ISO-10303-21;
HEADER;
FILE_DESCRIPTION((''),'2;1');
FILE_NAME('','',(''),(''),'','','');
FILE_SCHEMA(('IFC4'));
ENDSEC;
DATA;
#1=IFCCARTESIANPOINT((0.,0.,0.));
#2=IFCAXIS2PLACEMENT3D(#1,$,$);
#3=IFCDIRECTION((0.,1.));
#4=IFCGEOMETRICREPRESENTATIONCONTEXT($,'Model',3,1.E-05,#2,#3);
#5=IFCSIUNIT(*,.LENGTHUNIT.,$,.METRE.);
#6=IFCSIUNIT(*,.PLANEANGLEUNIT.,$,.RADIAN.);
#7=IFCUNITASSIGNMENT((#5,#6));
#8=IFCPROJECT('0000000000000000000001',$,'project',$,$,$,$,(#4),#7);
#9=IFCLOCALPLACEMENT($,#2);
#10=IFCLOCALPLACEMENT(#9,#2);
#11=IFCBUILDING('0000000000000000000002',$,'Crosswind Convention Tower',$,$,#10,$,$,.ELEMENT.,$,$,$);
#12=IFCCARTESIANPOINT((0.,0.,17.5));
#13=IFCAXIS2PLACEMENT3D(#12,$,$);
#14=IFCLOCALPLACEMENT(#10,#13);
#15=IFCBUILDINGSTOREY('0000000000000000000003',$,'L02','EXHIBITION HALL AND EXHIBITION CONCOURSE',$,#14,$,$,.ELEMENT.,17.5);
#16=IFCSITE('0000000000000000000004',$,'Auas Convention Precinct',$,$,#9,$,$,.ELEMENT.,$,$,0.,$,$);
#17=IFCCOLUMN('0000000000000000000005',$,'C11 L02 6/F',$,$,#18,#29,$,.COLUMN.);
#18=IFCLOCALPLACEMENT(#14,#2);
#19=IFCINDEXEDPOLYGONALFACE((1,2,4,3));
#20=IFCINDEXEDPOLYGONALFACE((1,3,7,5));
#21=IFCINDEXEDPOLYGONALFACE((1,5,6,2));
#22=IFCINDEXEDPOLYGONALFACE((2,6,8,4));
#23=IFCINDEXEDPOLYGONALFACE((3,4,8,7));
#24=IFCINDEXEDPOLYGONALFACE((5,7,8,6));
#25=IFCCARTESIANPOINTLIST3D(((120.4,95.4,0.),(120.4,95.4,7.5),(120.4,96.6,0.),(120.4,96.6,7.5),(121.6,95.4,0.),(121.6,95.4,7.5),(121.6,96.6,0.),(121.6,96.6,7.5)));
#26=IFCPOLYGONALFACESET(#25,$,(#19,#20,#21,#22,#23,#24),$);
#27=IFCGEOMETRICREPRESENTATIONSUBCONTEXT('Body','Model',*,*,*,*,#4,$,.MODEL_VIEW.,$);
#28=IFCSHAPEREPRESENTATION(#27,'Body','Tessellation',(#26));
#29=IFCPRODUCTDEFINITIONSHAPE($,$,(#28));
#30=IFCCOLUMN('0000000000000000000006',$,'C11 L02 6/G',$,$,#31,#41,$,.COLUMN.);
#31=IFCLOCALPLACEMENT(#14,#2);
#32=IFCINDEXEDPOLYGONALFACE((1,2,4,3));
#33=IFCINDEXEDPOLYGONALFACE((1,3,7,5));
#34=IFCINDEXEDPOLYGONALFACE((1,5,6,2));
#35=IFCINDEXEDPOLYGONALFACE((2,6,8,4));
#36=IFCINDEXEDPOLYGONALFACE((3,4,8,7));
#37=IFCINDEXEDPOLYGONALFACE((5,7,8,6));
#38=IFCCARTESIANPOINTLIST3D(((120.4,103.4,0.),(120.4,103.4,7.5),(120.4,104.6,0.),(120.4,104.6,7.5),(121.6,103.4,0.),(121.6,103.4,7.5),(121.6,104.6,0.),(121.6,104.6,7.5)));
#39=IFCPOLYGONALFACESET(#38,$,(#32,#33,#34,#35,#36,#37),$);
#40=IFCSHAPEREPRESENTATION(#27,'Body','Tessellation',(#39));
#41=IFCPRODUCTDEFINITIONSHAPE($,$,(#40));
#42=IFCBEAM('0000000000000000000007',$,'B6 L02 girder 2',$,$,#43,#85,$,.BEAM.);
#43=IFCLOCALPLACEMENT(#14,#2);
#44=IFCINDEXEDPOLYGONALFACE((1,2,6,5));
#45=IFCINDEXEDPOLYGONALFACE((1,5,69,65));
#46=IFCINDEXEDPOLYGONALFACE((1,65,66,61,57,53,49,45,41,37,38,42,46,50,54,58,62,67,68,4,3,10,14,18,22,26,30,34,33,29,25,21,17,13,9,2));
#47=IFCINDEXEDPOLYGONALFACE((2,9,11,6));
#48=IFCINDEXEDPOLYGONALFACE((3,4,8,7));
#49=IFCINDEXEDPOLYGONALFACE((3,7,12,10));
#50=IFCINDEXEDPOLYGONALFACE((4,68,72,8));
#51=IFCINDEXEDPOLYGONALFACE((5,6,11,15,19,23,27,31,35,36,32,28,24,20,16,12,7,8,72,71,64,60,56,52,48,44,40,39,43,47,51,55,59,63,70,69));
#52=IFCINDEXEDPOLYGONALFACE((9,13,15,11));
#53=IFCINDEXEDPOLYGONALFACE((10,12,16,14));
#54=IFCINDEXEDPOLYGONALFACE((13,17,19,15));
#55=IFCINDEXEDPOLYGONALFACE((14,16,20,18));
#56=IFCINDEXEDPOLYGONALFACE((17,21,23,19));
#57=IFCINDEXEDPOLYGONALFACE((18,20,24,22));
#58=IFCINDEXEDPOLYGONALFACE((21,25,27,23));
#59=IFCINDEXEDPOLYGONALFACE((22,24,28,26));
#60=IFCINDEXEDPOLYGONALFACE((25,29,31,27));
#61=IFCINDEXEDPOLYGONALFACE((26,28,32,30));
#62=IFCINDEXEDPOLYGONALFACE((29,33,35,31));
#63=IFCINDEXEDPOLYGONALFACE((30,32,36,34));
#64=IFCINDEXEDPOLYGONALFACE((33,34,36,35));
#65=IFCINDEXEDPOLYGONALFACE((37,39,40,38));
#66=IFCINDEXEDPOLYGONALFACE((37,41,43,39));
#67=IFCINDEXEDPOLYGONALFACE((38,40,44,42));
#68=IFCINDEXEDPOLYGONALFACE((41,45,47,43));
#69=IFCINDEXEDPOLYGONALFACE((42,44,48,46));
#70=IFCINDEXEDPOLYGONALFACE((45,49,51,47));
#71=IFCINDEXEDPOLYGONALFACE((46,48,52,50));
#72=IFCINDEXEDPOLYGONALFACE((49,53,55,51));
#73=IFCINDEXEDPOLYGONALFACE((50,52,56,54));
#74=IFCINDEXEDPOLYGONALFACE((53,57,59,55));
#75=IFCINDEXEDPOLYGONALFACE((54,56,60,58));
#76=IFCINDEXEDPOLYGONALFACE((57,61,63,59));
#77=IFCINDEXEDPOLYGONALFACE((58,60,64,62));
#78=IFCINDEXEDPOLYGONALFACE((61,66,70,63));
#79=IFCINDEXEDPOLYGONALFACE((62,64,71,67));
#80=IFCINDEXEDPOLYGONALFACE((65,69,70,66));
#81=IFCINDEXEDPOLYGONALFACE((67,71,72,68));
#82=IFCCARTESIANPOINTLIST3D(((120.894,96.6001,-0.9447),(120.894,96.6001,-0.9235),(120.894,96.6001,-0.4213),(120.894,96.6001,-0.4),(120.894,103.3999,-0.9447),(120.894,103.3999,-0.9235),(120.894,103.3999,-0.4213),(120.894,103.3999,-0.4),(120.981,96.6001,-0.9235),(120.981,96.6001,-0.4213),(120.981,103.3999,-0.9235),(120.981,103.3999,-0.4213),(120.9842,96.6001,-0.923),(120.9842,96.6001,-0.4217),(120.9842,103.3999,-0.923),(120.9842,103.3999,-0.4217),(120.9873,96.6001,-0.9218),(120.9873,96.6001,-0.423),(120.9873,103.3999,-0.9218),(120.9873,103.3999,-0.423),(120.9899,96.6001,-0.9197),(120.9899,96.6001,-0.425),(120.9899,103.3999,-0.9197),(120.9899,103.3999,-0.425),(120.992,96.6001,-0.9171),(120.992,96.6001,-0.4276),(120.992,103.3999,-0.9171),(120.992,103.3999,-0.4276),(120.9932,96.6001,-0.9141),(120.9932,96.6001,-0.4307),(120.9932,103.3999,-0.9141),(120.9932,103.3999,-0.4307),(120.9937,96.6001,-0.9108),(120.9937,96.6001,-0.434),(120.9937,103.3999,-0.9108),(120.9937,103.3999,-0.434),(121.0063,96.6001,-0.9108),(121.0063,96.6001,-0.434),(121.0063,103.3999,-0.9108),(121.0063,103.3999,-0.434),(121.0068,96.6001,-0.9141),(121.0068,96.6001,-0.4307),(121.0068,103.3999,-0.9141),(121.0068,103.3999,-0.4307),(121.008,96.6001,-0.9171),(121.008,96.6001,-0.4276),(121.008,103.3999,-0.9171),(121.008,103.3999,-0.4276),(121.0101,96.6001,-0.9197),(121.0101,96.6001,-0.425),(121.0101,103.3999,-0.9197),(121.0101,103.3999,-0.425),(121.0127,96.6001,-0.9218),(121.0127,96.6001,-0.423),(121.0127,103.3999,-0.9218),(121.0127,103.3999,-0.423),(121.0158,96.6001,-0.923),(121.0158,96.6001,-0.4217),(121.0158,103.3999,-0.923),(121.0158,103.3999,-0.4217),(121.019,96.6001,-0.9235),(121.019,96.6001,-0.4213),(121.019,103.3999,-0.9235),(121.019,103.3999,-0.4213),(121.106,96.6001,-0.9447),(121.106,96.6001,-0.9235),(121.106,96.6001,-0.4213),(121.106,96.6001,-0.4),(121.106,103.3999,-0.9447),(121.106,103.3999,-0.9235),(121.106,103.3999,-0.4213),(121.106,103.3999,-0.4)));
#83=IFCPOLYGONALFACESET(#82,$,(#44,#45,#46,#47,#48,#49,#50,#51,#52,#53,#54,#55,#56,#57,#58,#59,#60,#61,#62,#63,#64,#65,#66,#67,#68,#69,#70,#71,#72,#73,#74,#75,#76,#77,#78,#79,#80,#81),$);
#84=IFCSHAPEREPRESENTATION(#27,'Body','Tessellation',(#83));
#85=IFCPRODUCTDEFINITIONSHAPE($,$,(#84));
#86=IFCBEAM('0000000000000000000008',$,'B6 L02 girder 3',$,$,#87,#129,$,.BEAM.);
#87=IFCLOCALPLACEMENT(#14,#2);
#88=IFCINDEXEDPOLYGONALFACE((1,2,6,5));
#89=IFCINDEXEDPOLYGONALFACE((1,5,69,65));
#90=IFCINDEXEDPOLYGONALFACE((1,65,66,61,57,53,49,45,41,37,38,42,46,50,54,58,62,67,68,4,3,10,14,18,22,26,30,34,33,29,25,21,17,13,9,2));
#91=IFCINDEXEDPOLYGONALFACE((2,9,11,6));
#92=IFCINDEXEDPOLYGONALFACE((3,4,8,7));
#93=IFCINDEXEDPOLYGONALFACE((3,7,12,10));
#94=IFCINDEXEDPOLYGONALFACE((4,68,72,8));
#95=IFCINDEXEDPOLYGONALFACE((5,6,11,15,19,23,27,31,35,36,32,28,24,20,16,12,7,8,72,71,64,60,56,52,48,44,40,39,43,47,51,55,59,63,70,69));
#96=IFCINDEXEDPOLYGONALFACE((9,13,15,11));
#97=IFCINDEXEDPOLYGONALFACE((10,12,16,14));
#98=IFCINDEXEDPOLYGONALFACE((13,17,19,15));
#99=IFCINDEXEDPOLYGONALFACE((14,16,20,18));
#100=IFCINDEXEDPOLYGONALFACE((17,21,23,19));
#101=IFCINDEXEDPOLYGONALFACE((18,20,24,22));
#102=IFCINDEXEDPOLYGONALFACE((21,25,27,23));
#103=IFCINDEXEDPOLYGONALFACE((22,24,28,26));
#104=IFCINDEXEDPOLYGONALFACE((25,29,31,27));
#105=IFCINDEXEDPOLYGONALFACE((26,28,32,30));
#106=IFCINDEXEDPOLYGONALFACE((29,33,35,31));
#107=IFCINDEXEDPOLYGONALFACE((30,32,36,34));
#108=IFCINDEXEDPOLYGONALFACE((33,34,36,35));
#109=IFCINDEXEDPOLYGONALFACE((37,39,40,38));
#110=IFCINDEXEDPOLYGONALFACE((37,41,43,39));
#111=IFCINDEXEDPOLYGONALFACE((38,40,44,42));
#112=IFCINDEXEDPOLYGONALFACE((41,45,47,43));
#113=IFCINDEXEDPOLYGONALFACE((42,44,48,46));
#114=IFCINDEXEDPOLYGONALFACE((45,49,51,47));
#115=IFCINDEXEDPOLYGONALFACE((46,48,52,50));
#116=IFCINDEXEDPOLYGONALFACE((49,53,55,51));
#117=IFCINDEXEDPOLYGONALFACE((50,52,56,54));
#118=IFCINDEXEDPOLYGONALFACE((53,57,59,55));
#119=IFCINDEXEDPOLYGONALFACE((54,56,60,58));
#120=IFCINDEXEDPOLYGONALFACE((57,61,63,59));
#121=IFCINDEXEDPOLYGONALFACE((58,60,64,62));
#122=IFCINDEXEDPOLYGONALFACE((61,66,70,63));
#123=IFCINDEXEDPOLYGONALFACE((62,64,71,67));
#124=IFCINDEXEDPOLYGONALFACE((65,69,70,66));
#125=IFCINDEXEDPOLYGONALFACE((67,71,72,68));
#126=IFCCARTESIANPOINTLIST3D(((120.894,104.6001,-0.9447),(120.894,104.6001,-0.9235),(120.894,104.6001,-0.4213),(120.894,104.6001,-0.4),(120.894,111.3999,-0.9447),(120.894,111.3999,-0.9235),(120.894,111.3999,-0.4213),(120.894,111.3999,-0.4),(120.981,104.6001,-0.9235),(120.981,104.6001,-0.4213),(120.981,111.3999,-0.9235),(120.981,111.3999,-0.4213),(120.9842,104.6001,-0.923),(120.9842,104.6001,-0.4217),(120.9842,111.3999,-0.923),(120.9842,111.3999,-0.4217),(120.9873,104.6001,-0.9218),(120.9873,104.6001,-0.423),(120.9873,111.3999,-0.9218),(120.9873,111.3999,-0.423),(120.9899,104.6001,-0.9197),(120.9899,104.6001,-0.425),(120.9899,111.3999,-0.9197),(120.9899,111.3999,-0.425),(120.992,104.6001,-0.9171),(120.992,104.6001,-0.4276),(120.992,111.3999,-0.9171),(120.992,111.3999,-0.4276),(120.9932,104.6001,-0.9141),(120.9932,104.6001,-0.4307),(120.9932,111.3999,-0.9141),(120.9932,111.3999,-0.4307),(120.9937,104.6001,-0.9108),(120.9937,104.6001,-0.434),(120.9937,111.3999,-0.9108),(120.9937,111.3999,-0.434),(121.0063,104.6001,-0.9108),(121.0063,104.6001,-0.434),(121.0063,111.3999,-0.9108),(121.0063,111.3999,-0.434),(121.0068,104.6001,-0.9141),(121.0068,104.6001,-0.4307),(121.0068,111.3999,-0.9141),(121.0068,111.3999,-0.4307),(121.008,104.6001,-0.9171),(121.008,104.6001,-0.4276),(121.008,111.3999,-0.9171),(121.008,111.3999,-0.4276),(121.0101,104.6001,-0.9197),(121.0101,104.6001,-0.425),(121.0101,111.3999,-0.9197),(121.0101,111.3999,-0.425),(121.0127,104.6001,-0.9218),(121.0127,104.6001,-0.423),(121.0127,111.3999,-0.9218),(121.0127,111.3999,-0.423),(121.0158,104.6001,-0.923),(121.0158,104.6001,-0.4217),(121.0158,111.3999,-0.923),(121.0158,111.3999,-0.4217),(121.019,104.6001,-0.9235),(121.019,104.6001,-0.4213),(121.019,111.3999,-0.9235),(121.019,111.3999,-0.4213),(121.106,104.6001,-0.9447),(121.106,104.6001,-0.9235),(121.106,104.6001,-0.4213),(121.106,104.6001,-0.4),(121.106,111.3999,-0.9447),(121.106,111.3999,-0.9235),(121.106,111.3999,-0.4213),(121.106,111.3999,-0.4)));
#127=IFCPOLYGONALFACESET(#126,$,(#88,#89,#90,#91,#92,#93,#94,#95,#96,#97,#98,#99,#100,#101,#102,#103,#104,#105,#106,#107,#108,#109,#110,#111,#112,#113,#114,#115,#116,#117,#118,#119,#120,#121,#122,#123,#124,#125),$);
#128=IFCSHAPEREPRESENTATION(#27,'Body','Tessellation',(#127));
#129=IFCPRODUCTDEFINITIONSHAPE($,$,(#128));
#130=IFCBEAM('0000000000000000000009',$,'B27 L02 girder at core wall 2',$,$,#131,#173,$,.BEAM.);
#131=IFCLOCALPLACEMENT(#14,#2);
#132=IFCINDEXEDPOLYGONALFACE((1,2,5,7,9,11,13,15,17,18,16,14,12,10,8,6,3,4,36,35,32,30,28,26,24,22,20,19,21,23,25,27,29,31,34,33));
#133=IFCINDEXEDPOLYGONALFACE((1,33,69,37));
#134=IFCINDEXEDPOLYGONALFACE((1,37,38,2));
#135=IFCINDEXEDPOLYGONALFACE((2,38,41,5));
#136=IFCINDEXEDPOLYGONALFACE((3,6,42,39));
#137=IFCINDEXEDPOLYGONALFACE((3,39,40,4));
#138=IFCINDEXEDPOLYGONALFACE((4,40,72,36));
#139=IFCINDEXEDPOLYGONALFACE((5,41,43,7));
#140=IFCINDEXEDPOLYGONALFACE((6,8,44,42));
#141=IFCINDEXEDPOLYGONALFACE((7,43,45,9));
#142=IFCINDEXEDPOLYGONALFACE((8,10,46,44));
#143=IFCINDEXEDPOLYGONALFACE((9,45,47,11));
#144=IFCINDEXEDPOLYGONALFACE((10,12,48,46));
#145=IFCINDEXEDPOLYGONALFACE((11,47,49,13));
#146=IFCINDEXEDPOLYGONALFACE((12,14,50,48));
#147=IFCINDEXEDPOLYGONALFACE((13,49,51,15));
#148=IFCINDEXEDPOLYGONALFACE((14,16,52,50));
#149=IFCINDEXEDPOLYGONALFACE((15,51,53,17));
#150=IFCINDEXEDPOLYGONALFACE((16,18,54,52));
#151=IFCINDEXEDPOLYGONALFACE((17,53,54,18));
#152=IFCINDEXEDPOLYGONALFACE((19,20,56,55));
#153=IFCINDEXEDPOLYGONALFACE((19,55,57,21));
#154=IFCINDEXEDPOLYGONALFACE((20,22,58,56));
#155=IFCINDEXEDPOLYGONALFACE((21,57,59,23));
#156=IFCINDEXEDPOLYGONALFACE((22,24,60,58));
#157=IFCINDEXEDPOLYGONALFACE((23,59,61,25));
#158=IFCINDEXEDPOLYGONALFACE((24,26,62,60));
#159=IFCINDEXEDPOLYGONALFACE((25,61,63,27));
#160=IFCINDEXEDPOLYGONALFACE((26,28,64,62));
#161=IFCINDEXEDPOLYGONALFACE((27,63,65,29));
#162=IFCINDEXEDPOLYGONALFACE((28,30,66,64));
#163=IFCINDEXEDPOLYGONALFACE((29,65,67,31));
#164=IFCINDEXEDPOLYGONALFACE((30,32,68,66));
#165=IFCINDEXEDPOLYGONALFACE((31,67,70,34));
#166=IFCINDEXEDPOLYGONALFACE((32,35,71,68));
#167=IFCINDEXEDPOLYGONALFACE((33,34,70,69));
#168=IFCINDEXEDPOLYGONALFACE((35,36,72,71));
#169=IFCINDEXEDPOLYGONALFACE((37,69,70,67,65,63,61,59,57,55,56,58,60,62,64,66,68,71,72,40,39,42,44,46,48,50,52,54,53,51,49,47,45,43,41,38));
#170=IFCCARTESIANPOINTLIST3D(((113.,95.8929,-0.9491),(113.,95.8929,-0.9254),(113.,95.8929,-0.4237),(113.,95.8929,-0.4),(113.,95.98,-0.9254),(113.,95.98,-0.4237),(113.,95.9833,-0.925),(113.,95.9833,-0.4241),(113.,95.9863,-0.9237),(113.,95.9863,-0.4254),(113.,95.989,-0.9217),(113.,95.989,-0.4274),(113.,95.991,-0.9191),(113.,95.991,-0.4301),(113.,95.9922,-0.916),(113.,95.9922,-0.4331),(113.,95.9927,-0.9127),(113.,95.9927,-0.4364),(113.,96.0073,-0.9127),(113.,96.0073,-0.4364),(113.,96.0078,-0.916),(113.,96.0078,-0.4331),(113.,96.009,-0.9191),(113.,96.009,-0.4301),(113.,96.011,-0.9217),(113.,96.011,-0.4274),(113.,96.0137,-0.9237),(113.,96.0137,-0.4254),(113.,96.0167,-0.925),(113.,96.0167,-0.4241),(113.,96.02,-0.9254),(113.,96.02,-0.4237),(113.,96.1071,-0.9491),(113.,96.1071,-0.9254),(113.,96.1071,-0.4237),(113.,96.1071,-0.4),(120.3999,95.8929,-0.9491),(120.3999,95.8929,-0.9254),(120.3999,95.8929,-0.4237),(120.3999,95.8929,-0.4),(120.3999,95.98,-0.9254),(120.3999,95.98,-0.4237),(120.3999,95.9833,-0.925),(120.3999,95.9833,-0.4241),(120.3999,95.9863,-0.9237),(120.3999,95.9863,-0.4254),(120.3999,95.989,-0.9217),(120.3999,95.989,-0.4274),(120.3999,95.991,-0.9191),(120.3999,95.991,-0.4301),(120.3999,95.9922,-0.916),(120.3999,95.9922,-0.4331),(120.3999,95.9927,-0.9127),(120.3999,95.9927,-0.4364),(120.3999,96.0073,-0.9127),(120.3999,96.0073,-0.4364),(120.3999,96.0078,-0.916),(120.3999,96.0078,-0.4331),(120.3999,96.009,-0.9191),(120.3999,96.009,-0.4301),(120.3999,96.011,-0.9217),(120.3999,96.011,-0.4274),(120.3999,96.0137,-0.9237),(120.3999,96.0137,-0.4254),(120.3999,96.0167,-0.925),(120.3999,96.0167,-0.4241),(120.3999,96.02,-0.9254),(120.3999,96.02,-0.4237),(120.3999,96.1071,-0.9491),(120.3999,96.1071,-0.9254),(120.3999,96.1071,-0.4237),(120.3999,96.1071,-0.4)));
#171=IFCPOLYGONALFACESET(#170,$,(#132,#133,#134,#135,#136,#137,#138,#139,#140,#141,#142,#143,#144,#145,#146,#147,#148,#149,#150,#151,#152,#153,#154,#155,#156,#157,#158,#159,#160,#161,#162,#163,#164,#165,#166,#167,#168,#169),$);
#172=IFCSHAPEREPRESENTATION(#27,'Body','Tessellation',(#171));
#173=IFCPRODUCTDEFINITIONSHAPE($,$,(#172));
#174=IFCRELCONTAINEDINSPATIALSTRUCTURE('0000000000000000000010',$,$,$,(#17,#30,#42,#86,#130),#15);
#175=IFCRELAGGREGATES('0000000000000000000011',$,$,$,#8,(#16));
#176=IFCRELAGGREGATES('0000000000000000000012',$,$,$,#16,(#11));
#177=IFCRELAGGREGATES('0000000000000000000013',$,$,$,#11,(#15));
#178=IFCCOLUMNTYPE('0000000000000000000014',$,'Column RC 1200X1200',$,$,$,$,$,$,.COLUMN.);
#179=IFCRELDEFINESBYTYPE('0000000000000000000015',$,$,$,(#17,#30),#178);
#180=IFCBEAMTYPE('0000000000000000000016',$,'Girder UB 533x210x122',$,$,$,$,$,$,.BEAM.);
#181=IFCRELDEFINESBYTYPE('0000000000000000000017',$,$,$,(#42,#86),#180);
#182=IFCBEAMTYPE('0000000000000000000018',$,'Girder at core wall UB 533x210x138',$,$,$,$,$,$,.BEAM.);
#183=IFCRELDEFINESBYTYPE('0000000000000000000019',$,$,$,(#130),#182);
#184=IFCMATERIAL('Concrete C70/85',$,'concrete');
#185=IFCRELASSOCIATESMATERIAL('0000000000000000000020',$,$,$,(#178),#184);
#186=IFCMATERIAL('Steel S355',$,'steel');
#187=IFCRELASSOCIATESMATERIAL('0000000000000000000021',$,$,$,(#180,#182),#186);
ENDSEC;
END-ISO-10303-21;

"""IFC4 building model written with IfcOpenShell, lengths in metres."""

from ifc_helpers import new_model, si_unit, direction, frame, origin, origin_2d, place, context, subcontext, project, spatial, rectangle, i_section, extrude, material, material_profile, profile_set, type_object, element, save


model = new_model("IFC4")

# Units and contexts
model_context = context("Model", 3, precision=1e-05, world=origin(), true_north=direction((0.0, 1.0)))
body_context = subcontext(model_context, "Body", "Model", "MODEL_VIEW")
ifc_project = project(units=[si_unit("LENGTHUNIT", "METRE"), si_unit("PLANEANGLEUNIT", "RADIAN")], contexts=[model_context])

# Site, building, storey
site_placement = place(None, origin())
site = spatial("IfcSite", under=ifc_project, at=site_placement, Name="Auas Convention Precinct", CompositionType="ELEMENT", RefElevation=0.0)
building_placement = place(site_placement, origin())
building = spatial("IfcBuilding", under=site, at=building_placement, Name="Crosswind Convention Tower", CompositionType="ELEMENT")
storey_placement = place(building_placement, frame((0.0, 0.0, 17.5)))
storey = spatial("IfcBuildingStorey", under=building, at=storey_placement, Name="L02", Description="EXHIBITION HALL AND EXHIBITION CONCOURSE", CompositionType="ELEMENT", Elevation=17.5)

# Columns
ifc_material_1 = material(Name="Concrete C70/85", Category="concrete")
ifc_material_profile_1 = material_profile(ifc_material_1, rectangle(XDim=1.2, YDim=1.2, at=origin_2d()), Name="RC 1200X1200")
ifc_profile_set_1 = profile_set([ifc_material_profile_1], Name="Concrete C70/85")
column_type = type_object("IfcColumnType", Name="Column RC 1200X1200", PredefinedType="COLUMN", material=ifc_profile_set_1)
for number, where, z_axis, x_axis, name in (
    (1, (121.0, 96.0, 0.0), (0.0, 0.0, 1.0), (1.0, 0.0, 0.0), "C11 L02 6/F"),
    (2, (121.0, 104.0, 0.0), (0.0, 0.0, 1.0), (1.0, 0.0, 0.0), "C11 L02 6/G"),
):
    element("IfcColumn", number, at=place(storey_placement, frame(where, z_axis=z_axis, x_axis=x_axis)), inside=storey, type_object=column_type, Name=name, PredefinedType="COLUMN", context=body_context, shape_type="SweptSolid", body=[
        extrude(rectangle(XDim=1.2, YDim=1.2, at=origin_2d()), origin(), (0.0, 0.0, 1.0), 7.5),
    ])

# Beams
ifc_material_2 = material(Name="Steel S355", Category="steel")
ifc_material_profile_2 = material_profile(ifc_material_2, i_section(OverallWidth=0.2119, OverallDepth=0.5447, WebThickness=0.0127, FlangeThickness=0.0212, FilletRadius=0.0127, at=origin_2d()), Name="UB 533x210x122")
ifc_profile_set_2 = profile_set([ifc_material_profile_2], Name="Steel S355")
beam_type_1 = type_object("IfcBeamType", Name="Girder UB 533x210x122", PredefinedType="BEAM", material=ifc_profile_set_2)
for number, where, z_axis, x_axis, name in (
    (3, (121.0, 96.6001, -0.6724), (0.0, 1.0, 0.0), (-1.0, 0.0, 0.0), "B6 L02 girder 2"),
    (4, (121.0, 104.6001, -0.6724), (0.0, 1.0, 0.0), (-1.0, 0.0, 0.0), "B6 L02 girder 3"),
):
    element("IfcBeam", number, at=place(storey_placement, frame(where, z_axis=z_axis, x_axis=x_axis)), inside=storey, type_object=beam_type_1, Name=name, PredefinedType="BEAM", context=body_context, shape_type="SweptSolid", body=[
        extrude(i_section(OverallWidth=0.2119, OverallDepth=0.5447, WebThickness=0.0127, FlangeThickness=0.0212, FilletRadius=0.0127, at=origin_2d()), origin(), (0.0, 0.0, 1.0), 6.7998),
    ])
ifc_material_profile_3 = material_profile(ifc_material_2, i_section(OverallWidth=0.2141, OverallDepth=0.5491, WebThickness=0.0146, FlangeThickness=0.0237, FilletRadius=0.0127, at=origin_2d()), Name="UB 533x210x138")
ifc_profile_set_3 = profile_set([ifc_material_profile_3], Name="Steel S355")
beam_type_2 = type_object("IfcBeamType", Name="Girder at core wall UB 533x210x138", PredefinedType="BEAM", material=ifc_profile_set_3)
for number, where, z_axis, x_axis, name in (
    (5, (113.0, 96.0, -0.6746), (1.0, 0.0, 0.0), (0.0, 1.0, 0.0), "B27 L02 girder at core wall 2"),
):
    element("IfcBeam", number, at=place(storey_placement, frame(where, z_axis=z_axis, x_axis=x_axis)), inside=storey, type_object=beam_type_2, Name=name, PredefinedType="BEAM", context=body_context, shape_type="SweptSolid", body=[
        extrude(i_section(OverallWidth=0.2141, OverallDepth=0.5491, WebThickness=0.0146, FlangeThickness=0.0237, FilletRadius=0.0127, at=origin_2d()), origin(), (0.0, 0.0, 1.0), 7.3999),
    ])

save(model, "model.ifc")
